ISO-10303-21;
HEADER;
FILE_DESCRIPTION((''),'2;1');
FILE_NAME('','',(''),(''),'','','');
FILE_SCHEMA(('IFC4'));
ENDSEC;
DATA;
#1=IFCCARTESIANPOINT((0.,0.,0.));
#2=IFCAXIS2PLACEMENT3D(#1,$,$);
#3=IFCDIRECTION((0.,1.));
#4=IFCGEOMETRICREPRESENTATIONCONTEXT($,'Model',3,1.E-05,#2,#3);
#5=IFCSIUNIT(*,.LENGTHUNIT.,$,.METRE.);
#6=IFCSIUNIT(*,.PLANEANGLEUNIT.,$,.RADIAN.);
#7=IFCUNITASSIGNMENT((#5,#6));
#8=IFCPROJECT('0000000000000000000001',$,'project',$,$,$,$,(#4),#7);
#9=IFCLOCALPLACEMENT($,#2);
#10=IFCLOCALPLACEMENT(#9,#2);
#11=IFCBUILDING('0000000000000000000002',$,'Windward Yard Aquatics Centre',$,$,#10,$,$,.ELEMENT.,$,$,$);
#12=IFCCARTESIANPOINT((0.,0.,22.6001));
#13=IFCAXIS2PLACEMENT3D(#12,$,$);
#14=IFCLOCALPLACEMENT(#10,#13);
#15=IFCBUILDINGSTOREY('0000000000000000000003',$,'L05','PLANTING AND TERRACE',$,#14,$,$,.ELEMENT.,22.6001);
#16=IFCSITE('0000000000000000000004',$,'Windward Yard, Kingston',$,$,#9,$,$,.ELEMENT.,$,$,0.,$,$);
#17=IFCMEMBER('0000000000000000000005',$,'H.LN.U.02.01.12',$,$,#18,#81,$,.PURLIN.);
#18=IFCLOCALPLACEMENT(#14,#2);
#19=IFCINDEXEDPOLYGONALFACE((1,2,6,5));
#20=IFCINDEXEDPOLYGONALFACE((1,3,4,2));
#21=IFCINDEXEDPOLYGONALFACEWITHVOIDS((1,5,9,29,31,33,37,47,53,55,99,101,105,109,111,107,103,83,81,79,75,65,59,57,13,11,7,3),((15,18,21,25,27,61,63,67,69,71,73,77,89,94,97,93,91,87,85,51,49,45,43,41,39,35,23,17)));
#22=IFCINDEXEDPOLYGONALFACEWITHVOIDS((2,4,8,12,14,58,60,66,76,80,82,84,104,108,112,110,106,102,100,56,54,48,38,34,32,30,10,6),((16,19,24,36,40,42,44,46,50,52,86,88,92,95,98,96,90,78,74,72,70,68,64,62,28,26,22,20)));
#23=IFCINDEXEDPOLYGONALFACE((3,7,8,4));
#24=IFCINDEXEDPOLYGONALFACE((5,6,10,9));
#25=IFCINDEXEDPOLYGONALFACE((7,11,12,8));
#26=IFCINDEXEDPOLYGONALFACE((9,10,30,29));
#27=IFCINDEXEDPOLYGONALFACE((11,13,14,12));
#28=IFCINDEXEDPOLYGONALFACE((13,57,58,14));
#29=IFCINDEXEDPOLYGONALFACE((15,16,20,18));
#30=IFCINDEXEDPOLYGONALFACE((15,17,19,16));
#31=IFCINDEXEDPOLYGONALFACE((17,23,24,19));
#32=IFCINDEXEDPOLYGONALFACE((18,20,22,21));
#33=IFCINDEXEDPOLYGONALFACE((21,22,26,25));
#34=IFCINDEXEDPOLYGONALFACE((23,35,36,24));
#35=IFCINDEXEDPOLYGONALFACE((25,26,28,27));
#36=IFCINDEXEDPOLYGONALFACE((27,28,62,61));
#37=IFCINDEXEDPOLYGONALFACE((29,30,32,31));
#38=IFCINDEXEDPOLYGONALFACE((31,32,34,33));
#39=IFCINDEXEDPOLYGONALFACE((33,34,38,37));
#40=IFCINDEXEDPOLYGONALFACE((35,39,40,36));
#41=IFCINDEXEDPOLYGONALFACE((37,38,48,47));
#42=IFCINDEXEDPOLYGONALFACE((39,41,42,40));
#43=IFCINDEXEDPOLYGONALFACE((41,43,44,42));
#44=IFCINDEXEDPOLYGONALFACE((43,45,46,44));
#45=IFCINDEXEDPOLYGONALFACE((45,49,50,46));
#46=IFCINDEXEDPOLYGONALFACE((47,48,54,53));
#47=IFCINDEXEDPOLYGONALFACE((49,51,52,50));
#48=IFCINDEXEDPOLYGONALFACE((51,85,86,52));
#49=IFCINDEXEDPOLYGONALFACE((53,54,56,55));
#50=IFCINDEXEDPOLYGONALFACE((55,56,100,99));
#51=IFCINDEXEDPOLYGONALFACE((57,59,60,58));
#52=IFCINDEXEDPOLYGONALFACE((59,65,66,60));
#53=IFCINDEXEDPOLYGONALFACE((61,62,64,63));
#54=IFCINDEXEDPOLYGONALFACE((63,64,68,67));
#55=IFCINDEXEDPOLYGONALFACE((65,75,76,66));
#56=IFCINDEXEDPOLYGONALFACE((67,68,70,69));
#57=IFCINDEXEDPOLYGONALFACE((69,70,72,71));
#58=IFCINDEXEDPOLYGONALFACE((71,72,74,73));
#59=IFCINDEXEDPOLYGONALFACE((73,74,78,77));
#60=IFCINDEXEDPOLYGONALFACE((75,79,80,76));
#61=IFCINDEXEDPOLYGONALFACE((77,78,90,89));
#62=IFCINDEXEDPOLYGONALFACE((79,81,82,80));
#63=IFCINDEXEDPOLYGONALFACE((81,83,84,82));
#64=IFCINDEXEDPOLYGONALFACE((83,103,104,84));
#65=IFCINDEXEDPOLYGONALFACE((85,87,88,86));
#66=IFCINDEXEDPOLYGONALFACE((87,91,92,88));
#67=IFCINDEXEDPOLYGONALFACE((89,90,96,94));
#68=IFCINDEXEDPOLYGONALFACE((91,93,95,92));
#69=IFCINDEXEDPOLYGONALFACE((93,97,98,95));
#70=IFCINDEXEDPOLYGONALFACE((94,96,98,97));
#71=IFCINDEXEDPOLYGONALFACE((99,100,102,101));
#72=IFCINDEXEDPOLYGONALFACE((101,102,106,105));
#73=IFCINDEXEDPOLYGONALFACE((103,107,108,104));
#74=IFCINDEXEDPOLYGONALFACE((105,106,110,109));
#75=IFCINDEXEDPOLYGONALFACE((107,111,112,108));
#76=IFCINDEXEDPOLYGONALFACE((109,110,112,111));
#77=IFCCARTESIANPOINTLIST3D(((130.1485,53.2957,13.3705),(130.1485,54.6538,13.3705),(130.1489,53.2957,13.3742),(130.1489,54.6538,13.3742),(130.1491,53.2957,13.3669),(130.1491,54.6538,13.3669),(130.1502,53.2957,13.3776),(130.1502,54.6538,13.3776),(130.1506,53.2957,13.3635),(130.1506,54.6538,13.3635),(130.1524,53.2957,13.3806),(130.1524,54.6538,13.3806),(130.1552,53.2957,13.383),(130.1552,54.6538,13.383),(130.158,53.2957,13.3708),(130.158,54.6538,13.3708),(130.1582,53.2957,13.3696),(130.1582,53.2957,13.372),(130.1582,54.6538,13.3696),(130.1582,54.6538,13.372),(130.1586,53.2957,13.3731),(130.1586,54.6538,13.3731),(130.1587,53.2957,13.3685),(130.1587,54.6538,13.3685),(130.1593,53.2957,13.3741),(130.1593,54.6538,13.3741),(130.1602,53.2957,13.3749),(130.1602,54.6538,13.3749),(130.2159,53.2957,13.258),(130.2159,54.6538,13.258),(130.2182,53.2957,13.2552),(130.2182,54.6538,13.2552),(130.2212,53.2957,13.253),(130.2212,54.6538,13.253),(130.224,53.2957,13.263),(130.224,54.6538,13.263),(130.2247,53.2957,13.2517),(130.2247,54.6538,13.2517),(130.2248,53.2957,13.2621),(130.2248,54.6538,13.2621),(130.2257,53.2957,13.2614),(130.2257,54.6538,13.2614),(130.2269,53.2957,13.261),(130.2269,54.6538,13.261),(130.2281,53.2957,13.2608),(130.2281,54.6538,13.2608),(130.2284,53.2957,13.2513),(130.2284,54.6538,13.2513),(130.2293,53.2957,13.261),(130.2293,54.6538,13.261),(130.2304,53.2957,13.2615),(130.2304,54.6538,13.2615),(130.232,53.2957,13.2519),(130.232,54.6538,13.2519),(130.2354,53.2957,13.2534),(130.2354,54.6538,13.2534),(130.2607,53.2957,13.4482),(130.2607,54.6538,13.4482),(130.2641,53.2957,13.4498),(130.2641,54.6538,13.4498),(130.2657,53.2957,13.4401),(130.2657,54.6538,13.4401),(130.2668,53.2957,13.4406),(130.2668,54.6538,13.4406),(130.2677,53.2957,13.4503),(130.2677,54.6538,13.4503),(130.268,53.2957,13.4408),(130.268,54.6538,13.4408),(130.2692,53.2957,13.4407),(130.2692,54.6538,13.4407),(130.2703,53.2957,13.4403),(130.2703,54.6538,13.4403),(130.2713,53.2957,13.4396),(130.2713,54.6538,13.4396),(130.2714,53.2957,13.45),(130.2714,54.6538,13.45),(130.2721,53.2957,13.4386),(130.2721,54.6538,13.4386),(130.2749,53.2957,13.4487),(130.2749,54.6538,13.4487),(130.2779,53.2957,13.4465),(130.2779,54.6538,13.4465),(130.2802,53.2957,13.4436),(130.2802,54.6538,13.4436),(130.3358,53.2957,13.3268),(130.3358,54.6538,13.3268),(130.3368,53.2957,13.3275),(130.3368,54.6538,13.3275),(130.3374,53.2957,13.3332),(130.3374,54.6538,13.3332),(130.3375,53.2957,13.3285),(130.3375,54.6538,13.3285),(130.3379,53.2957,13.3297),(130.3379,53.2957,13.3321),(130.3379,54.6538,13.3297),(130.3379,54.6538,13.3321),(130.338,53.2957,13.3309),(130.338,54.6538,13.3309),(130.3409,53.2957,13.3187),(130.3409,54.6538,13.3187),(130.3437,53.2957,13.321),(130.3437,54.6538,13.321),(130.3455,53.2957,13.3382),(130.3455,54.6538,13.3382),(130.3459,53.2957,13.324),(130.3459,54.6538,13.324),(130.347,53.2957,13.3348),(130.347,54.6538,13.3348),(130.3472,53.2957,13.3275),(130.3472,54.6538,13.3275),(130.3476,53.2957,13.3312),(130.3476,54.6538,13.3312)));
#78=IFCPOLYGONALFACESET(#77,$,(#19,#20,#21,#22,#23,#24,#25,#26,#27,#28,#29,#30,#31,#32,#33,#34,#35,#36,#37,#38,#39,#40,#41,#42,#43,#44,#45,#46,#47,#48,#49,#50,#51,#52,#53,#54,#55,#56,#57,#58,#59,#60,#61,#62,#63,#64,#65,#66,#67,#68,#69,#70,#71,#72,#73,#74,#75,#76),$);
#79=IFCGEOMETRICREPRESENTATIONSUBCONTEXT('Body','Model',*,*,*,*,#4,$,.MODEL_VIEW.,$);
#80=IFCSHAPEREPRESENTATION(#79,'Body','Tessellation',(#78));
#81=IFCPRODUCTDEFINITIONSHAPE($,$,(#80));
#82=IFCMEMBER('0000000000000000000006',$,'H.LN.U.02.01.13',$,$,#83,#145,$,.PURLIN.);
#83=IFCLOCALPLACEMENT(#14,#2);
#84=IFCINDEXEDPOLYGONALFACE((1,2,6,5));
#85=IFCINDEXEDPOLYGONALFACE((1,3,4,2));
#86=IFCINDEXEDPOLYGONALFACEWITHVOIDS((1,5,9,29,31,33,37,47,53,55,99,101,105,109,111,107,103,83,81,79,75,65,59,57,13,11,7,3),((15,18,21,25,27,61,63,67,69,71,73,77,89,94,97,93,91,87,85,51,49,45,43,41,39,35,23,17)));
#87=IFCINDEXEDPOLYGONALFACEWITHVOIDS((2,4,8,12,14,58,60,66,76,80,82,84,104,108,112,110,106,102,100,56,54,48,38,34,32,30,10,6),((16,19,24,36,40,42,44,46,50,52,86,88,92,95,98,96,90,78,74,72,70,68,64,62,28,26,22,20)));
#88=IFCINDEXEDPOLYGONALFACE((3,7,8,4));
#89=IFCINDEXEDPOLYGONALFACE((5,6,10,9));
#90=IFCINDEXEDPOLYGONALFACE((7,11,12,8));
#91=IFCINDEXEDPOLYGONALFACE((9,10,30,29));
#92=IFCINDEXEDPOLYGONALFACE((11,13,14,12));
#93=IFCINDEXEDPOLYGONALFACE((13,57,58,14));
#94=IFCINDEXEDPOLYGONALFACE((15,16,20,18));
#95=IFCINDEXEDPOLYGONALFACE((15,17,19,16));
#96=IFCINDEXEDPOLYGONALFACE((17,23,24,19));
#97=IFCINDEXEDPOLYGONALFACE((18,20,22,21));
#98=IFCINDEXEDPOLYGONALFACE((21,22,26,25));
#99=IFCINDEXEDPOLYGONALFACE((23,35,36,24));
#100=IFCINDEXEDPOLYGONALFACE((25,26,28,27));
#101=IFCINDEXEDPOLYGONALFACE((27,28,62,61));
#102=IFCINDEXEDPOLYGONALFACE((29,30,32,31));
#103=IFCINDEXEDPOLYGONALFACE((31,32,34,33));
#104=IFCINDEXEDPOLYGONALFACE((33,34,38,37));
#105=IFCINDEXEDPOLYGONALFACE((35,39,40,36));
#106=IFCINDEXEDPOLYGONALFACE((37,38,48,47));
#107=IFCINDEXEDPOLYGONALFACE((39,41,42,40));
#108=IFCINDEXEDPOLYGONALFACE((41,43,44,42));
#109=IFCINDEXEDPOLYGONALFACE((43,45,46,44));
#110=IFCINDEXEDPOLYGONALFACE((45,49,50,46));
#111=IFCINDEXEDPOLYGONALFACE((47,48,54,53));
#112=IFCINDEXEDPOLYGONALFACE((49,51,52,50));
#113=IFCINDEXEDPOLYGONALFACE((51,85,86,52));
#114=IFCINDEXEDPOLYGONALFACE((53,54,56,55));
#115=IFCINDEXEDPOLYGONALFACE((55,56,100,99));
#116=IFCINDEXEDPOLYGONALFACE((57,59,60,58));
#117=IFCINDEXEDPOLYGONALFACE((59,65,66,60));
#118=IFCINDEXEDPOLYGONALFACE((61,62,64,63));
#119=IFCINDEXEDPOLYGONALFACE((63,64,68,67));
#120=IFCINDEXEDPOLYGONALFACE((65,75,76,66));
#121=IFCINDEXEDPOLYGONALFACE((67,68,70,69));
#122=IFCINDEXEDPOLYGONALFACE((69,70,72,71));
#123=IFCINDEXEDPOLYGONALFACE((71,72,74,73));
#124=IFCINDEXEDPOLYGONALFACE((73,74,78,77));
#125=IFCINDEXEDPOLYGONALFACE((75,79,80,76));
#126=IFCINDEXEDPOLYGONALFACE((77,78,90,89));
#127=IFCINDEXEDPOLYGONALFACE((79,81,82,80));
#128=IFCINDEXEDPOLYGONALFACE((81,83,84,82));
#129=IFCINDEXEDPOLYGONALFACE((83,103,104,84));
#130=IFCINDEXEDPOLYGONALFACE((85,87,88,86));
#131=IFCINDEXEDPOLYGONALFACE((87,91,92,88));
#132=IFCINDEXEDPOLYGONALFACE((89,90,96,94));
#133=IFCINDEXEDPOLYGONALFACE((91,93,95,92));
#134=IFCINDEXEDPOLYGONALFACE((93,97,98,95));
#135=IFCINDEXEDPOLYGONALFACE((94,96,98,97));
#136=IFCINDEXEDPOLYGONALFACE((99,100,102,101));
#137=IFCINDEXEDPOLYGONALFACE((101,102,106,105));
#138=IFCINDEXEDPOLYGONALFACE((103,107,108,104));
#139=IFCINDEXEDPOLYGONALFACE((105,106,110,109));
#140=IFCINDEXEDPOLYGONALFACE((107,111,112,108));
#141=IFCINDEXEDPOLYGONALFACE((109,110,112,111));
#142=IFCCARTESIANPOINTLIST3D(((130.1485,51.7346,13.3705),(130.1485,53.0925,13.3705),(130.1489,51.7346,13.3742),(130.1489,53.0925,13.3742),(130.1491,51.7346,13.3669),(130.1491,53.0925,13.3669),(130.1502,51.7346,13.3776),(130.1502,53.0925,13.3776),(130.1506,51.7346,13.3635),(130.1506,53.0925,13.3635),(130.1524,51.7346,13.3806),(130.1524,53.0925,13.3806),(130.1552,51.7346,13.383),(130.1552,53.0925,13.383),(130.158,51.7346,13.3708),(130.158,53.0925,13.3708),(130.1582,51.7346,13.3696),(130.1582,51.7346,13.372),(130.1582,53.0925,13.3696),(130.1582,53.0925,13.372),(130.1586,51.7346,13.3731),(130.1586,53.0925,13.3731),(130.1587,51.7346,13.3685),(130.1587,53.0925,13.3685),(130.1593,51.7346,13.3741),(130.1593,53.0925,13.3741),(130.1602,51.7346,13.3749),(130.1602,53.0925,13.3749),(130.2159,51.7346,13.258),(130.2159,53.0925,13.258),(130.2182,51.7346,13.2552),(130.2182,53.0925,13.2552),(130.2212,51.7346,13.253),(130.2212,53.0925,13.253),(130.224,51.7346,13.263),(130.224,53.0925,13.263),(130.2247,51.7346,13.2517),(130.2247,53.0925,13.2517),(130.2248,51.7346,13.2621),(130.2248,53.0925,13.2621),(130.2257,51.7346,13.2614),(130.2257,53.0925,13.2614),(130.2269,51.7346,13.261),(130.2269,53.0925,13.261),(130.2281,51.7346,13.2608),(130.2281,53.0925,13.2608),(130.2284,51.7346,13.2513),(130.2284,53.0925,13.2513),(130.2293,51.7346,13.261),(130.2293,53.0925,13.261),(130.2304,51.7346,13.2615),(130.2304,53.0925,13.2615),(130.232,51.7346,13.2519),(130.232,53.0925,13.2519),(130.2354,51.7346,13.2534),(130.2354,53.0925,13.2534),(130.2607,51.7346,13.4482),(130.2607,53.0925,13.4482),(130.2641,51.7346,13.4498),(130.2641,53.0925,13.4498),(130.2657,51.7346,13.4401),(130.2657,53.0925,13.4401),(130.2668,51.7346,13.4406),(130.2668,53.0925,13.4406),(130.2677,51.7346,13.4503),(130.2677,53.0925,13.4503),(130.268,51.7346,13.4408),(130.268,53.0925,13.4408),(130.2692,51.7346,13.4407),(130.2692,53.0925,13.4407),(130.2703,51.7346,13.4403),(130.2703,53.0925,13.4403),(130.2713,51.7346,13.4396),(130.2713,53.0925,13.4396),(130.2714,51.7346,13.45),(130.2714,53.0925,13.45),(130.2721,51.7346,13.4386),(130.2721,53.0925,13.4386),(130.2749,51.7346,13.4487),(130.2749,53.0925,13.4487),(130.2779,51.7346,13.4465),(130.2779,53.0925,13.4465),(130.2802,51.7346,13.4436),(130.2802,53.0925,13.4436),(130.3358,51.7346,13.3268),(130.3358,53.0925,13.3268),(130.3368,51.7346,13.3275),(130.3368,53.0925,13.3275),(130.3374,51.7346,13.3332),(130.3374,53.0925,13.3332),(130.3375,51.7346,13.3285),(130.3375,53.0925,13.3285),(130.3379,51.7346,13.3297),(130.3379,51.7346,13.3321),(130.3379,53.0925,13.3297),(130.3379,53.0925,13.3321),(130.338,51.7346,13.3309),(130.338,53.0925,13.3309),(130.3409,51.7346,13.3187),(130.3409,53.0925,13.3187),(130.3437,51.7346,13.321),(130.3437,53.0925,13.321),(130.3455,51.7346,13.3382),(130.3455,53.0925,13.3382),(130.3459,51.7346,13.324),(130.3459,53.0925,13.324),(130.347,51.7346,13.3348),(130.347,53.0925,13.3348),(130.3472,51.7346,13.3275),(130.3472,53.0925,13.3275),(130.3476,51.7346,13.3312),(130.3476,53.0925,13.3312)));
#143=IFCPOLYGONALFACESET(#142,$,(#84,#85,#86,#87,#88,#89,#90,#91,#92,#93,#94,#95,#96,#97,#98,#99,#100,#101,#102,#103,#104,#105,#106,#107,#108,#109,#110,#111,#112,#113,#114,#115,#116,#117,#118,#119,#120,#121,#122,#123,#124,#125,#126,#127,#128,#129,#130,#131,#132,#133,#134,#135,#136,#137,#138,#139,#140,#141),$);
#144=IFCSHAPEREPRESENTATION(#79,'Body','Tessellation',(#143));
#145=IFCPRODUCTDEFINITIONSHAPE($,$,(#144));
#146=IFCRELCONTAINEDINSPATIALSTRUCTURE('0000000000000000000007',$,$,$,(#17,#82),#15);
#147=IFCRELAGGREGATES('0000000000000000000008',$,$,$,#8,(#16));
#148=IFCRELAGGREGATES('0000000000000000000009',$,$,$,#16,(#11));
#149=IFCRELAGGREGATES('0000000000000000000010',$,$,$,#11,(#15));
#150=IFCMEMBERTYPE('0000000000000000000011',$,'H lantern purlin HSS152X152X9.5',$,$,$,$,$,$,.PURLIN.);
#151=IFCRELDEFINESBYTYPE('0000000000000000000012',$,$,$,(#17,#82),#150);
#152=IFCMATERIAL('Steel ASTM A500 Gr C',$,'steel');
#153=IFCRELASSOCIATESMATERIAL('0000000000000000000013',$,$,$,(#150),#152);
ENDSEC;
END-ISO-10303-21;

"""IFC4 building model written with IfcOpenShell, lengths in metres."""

from ifc_helpers import new_model, si_unit, direction, frame, origin, origin_2d, place, context, subcontext, project, spatial, hollow_rectangle, extrude, material, material_profile, profile_set, type_object, element, save


model = new_model("IFC4")

# Units and contexts
model_context = context("Model", 3, precision=1e-05, world=origin(), true_north=direction((0.0, 1.0)))
body_context = subcontext(model_context, "Body", "Model", "MODEL_VIEW")
ifc_project = project(units=[si_unit("LENGTHUNIT", "METRE"), si_unit("PLANEANGLEUNIT", "RADIAN")], contexts=[model_context])

# Site, building, storey
site_placement = place(None, origin())
site = spatial("IfcSite", under=ifc_project, at=site_placement, Name="Windward Yard, Kingston", CompositionType="ELEMENT", RefElevation=0.0)
building_placement = place(site_placement, origin())
building = spatial("IfcBuilding", under=site, at=building_placement, Name="Windward Yard Aquatics Centre", CompositionType="ELEMENT")
storey_placement = place(building_placement, frame((0.0, 0.0, 22.6001)))
storey = spatial("IfcBuildingStorey", under=building, at=storey_placement, Name="L05", Description="PLANTING AND TERRACE", CompositionType="ELEMENT", Elevation=22.6001)

# Members
ifc_material_1 = material(Name="Steel ASTM A500 Gr C", Category="steel")
ifc_material_profile_1 = material_profile(ifc_material_1, hollow_rectangle(XDim=0.1523, YDim=0.1523, WallThickness=0.0095, InnerFilletRadius=0.0046, OuterFilletRadius=0.0142, at=origin_2d()), Name="HSS152X152X9.5")
ifc_profile_set_1 = profile_set([ifc_material_profile_1], Name="Steel ASTM A500 Gr C")
member_type_1 = type_object("IfcMemberType", Name="H lantern purlin HSS152X152X9.5", PredefinedType="PURLIN", material=ifc_profile_set_1)
member_1_placement = place(storey_placement, frame((130.248, 54.6538, 13.3508), z_axis=(0.0, -1.0, 0.0), x_axis=(0.526172, 0.0, -0.850378)))
element("IfcMember", 1, at=member_1_placement, inside=storey, type_object=member_type_1, Name="H.LN.U.02.01.12", PredefinedType="PURLIN", context=body_context, shape_type="SweptSolid", body=[
    extrude(hollow_rectangle(XDim=0.1523, YDim=0.1523, WallThickness=0.0095, InnerFilletRadius=0.0046, OuterFilletRadius=0.0142, at=origin_2d()), origin(), (0.0, 0.0, 1.0), 1.3582),
])
member_2_placement = place(storey_placement, frame((130.248, 53.0925, 13.3508), z_axis=(0.0, -1.0, 0.0), x_axis=(0.526172, 0.0, -0.850378)))
element("IfcMember", 2, at=member_2_placement, inside=storey, type_object=member_type_1, Name="H.LN.U.02.01.13", PredefinedType="PURLIN", context=body_context, shape_type="SweptSolid", body=[
    extrude(hollow_rectangle(XDim=0.1523, YDim=0.1523, WallThickness=0.0095, InnerFilletRadius=0.0046, OuterFilletRadius=0.0142, at=origin_2d()), origin(), (0.0, 0.0, 1.0), 1.3579),
])

save(model, "model.ifc")
